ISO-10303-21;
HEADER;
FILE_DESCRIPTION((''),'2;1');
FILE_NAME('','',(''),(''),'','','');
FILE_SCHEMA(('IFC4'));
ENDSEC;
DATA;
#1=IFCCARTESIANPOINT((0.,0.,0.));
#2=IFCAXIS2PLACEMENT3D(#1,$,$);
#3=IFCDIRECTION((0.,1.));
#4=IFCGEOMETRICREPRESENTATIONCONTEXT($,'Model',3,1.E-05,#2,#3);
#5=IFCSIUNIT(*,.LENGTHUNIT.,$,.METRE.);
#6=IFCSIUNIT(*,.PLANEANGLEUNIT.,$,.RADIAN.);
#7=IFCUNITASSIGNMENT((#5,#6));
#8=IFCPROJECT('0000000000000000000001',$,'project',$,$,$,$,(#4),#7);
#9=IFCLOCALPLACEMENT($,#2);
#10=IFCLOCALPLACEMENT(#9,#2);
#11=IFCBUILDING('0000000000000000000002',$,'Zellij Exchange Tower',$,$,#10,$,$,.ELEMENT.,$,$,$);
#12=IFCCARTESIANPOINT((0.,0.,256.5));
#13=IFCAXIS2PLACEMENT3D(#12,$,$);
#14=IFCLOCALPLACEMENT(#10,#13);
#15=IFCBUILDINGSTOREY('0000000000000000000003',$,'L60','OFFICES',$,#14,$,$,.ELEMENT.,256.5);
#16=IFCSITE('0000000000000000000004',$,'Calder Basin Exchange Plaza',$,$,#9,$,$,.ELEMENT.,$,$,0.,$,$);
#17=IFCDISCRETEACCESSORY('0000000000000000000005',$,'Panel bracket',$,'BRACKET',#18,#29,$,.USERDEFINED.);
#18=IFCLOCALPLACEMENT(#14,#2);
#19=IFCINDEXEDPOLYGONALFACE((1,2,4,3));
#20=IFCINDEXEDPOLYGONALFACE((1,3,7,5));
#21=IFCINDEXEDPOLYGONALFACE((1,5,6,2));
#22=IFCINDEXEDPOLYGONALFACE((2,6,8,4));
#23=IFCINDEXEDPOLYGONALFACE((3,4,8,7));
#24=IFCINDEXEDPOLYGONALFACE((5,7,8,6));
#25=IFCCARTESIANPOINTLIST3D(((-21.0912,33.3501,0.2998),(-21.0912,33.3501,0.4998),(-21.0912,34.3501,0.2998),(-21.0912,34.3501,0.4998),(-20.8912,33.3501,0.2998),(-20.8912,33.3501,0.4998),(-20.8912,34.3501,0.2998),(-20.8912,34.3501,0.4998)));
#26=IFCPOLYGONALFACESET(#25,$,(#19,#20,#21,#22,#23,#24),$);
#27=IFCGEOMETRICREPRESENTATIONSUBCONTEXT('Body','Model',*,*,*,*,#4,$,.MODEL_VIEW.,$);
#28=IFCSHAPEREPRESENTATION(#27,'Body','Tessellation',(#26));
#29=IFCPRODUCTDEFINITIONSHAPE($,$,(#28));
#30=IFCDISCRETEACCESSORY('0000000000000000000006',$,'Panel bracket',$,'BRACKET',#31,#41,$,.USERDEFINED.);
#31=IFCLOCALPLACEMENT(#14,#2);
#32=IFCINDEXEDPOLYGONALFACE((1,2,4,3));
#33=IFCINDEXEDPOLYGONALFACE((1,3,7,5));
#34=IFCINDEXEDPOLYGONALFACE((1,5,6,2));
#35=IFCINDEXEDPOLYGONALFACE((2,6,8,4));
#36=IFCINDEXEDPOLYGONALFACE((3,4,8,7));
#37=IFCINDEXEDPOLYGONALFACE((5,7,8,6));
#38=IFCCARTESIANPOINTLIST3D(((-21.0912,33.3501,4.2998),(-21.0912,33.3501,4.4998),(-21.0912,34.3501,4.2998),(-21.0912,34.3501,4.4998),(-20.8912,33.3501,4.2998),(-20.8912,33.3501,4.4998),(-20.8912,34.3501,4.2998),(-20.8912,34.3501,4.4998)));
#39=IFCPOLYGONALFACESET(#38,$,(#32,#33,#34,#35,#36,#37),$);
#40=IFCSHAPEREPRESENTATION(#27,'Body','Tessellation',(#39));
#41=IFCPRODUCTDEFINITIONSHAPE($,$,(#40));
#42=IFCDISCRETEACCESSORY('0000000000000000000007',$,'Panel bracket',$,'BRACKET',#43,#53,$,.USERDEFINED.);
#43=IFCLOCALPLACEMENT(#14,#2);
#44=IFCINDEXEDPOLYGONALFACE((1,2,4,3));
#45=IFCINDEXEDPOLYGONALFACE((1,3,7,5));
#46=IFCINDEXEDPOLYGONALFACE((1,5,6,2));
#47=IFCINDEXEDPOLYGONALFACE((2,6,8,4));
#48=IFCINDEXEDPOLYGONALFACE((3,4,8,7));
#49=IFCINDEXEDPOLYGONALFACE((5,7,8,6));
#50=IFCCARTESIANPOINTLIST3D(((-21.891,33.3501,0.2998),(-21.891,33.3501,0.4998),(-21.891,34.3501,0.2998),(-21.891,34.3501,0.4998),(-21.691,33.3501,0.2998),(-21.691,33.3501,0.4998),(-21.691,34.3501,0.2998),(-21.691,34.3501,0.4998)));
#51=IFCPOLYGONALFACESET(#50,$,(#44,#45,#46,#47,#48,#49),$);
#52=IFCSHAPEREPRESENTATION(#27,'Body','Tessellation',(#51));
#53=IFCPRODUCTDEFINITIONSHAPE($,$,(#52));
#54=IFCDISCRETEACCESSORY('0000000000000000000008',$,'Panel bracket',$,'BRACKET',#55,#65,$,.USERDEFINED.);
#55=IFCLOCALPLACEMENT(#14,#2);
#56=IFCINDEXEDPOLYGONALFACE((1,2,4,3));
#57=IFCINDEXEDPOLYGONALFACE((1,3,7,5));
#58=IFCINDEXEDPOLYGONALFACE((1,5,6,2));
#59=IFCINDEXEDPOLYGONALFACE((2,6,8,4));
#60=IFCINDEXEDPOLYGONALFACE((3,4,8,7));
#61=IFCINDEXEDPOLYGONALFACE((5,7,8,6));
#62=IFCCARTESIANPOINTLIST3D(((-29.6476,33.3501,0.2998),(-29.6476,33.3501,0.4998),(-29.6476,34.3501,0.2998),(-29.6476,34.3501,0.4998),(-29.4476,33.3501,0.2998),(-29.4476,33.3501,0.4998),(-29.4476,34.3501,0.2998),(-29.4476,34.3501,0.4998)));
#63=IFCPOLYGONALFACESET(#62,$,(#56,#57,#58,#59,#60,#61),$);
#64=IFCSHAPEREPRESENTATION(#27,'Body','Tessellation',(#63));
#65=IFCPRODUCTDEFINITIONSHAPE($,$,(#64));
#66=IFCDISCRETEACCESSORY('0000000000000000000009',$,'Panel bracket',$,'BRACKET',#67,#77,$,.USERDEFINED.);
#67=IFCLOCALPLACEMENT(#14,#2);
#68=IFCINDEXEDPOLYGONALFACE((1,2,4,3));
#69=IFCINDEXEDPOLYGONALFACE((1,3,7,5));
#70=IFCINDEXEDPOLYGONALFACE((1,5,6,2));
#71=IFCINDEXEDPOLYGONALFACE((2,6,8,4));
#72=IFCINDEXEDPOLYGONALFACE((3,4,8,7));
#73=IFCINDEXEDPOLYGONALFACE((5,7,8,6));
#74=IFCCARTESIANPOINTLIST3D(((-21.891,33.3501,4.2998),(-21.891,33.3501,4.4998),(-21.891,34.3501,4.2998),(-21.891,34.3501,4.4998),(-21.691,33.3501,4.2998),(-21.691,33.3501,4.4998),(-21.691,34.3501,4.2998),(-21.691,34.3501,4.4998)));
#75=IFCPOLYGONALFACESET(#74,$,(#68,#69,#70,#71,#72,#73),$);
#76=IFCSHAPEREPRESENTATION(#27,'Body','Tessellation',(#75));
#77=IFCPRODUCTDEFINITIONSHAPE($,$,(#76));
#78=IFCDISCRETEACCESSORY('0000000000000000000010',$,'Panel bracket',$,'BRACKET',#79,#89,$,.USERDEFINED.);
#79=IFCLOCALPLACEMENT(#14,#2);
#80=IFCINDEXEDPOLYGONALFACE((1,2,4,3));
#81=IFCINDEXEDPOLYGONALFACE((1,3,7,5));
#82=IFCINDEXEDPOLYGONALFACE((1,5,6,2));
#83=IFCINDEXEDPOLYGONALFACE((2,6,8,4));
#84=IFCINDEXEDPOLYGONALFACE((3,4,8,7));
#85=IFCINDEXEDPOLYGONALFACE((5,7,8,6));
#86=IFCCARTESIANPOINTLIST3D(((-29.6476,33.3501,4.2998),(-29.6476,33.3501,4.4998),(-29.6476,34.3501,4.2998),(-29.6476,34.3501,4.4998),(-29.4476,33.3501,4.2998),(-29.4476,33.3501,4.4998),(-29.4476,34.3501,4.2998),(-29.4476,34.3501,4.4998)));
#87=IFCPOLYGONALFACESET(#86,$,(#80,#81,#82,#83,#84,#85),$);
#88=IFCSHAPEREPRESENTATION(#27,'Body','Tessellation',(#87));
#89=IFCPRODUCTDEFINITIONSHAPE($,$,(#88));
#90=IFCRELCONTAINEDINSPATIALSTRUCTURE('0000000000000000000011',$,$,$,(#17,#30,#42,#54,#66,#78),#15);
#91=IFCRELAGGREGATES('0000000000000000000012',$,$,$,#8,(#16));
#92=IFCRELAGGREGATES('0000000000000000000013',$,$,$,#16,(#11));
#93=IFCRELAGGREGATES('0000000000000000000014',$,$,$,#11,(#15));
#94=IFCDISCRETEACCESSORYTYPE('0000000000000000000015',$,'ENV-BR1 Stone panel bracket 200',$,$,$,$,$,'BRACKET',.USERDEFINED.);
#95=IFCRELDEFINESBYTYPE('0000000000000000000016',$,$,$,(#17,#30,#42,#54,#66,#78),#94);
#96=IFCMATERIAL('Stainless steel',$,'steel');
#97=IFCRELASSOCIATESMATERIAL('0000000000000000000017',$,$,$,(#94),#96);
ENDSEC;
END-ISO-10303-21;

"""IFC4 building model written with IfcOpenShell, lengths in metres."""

from ifc_helpers import new_model, si_unit, direction, frame, origin, origin_2d, place, context, subcontext, project, spatial, rectangle, extrude, material, type_object, element, save


model = new_model("IFC4")

# Units and contexts
model_context = context("Model", 3, precision=1e-05, world=origin(), true_north=direction((0.0, 1.0)))
body_context = subcontext(model_context, "Body", "Model", "MODEL_VIEW")
ifc_project = project(units=[si_unit("LENGTHUNIT", "METRE"), si_unit("PLANEANGLEUNIT", "RADIAN")], contexts=[model_context])

# Site, building, storey
site_placement = place(None, origin())
site = spatial("IfcSite", under=ifc_project, at=site_placement, Name="Calder Basin Exchange Plaza", CompositionType="ELEMENT", RefElevation=0.0)
building_placement = place(site_placement, origin())
building = spatial("IfcBuilding", under=site, at=building_placement, Name="Zellij Exchange Tower", CompositionType="ELEMENT")
storey_placement = place(building_placement, frame((0.0, 0.0, 256.5)))
storey = spatial("IfcBuildingStorey", under=building, at=storey_placement, Name="L60", Description="OFFICES", CompositionType="ELEMENT", Elevation=256.5)

# Discrete accessories
ifc_material_1 = material(Name="Stainless steel", Category="steel")
discrete_accessory_type = type_object("IfcDiscreteAccessoryType", Name="ENV-BR1 Stone panel bracket 200", ElementType="BRACKET", PredefinedType="USERDEFINED", material=ifc_material_1)
for number, where, z_axis, x_axis, name in (
    (1, (-20.9912, 33.8501, 0.2998), (0.0, 0.0, 1.0), (-1.0, 0.0, 0.0), "Panel bracket"),
    (2, (-20.9912, 33.8501, 4.2998), (0.0, 0.0, 1.0), (-1.0, 0.0, 0.0), "Panel bracket"),
    (3, (-21.791, 33.8501, 0.2998), (0.0, 0.0, 1.0), (-1.0, 0.0, 0.0), "Panel bracket"),
    (4, (-29.5476, 33.8501, 0.2998), (0.0, 0.0, 1.0), (-1.0, 0.0, 0.0), "Panel bracket"),
    (5, (-21.791, 33.8501, 4.2998), (0.0, 0.0, 1.0), (-1.0, 0.0, 0.0), "Panel bracket"),
    (6, (-29.5476, 33.8501, 4.2998), (0.0, 0.0, 1.0), (-1.0, 0.0, 0.0), "Panel bracket"),
):
    element("IfcDiscreteAccessory", number, at=place(storey_placement, frame(where, z_axis=z_axis, x_axis=x_axis)), inside=storey, type_object=discrete_accessory_type, Name=name, ObjectType="BRACKET", PredefinedType="USERDEFINED", context=body_context, shape_type="SweptSolid", body=[
        extrude(rectangle(XDim=0.2, YDim=1.0, at=origin_2d()), origin(), (0.0, 0.0, 1.0), 0.2),
    ])

save(model, "model.ifc")
